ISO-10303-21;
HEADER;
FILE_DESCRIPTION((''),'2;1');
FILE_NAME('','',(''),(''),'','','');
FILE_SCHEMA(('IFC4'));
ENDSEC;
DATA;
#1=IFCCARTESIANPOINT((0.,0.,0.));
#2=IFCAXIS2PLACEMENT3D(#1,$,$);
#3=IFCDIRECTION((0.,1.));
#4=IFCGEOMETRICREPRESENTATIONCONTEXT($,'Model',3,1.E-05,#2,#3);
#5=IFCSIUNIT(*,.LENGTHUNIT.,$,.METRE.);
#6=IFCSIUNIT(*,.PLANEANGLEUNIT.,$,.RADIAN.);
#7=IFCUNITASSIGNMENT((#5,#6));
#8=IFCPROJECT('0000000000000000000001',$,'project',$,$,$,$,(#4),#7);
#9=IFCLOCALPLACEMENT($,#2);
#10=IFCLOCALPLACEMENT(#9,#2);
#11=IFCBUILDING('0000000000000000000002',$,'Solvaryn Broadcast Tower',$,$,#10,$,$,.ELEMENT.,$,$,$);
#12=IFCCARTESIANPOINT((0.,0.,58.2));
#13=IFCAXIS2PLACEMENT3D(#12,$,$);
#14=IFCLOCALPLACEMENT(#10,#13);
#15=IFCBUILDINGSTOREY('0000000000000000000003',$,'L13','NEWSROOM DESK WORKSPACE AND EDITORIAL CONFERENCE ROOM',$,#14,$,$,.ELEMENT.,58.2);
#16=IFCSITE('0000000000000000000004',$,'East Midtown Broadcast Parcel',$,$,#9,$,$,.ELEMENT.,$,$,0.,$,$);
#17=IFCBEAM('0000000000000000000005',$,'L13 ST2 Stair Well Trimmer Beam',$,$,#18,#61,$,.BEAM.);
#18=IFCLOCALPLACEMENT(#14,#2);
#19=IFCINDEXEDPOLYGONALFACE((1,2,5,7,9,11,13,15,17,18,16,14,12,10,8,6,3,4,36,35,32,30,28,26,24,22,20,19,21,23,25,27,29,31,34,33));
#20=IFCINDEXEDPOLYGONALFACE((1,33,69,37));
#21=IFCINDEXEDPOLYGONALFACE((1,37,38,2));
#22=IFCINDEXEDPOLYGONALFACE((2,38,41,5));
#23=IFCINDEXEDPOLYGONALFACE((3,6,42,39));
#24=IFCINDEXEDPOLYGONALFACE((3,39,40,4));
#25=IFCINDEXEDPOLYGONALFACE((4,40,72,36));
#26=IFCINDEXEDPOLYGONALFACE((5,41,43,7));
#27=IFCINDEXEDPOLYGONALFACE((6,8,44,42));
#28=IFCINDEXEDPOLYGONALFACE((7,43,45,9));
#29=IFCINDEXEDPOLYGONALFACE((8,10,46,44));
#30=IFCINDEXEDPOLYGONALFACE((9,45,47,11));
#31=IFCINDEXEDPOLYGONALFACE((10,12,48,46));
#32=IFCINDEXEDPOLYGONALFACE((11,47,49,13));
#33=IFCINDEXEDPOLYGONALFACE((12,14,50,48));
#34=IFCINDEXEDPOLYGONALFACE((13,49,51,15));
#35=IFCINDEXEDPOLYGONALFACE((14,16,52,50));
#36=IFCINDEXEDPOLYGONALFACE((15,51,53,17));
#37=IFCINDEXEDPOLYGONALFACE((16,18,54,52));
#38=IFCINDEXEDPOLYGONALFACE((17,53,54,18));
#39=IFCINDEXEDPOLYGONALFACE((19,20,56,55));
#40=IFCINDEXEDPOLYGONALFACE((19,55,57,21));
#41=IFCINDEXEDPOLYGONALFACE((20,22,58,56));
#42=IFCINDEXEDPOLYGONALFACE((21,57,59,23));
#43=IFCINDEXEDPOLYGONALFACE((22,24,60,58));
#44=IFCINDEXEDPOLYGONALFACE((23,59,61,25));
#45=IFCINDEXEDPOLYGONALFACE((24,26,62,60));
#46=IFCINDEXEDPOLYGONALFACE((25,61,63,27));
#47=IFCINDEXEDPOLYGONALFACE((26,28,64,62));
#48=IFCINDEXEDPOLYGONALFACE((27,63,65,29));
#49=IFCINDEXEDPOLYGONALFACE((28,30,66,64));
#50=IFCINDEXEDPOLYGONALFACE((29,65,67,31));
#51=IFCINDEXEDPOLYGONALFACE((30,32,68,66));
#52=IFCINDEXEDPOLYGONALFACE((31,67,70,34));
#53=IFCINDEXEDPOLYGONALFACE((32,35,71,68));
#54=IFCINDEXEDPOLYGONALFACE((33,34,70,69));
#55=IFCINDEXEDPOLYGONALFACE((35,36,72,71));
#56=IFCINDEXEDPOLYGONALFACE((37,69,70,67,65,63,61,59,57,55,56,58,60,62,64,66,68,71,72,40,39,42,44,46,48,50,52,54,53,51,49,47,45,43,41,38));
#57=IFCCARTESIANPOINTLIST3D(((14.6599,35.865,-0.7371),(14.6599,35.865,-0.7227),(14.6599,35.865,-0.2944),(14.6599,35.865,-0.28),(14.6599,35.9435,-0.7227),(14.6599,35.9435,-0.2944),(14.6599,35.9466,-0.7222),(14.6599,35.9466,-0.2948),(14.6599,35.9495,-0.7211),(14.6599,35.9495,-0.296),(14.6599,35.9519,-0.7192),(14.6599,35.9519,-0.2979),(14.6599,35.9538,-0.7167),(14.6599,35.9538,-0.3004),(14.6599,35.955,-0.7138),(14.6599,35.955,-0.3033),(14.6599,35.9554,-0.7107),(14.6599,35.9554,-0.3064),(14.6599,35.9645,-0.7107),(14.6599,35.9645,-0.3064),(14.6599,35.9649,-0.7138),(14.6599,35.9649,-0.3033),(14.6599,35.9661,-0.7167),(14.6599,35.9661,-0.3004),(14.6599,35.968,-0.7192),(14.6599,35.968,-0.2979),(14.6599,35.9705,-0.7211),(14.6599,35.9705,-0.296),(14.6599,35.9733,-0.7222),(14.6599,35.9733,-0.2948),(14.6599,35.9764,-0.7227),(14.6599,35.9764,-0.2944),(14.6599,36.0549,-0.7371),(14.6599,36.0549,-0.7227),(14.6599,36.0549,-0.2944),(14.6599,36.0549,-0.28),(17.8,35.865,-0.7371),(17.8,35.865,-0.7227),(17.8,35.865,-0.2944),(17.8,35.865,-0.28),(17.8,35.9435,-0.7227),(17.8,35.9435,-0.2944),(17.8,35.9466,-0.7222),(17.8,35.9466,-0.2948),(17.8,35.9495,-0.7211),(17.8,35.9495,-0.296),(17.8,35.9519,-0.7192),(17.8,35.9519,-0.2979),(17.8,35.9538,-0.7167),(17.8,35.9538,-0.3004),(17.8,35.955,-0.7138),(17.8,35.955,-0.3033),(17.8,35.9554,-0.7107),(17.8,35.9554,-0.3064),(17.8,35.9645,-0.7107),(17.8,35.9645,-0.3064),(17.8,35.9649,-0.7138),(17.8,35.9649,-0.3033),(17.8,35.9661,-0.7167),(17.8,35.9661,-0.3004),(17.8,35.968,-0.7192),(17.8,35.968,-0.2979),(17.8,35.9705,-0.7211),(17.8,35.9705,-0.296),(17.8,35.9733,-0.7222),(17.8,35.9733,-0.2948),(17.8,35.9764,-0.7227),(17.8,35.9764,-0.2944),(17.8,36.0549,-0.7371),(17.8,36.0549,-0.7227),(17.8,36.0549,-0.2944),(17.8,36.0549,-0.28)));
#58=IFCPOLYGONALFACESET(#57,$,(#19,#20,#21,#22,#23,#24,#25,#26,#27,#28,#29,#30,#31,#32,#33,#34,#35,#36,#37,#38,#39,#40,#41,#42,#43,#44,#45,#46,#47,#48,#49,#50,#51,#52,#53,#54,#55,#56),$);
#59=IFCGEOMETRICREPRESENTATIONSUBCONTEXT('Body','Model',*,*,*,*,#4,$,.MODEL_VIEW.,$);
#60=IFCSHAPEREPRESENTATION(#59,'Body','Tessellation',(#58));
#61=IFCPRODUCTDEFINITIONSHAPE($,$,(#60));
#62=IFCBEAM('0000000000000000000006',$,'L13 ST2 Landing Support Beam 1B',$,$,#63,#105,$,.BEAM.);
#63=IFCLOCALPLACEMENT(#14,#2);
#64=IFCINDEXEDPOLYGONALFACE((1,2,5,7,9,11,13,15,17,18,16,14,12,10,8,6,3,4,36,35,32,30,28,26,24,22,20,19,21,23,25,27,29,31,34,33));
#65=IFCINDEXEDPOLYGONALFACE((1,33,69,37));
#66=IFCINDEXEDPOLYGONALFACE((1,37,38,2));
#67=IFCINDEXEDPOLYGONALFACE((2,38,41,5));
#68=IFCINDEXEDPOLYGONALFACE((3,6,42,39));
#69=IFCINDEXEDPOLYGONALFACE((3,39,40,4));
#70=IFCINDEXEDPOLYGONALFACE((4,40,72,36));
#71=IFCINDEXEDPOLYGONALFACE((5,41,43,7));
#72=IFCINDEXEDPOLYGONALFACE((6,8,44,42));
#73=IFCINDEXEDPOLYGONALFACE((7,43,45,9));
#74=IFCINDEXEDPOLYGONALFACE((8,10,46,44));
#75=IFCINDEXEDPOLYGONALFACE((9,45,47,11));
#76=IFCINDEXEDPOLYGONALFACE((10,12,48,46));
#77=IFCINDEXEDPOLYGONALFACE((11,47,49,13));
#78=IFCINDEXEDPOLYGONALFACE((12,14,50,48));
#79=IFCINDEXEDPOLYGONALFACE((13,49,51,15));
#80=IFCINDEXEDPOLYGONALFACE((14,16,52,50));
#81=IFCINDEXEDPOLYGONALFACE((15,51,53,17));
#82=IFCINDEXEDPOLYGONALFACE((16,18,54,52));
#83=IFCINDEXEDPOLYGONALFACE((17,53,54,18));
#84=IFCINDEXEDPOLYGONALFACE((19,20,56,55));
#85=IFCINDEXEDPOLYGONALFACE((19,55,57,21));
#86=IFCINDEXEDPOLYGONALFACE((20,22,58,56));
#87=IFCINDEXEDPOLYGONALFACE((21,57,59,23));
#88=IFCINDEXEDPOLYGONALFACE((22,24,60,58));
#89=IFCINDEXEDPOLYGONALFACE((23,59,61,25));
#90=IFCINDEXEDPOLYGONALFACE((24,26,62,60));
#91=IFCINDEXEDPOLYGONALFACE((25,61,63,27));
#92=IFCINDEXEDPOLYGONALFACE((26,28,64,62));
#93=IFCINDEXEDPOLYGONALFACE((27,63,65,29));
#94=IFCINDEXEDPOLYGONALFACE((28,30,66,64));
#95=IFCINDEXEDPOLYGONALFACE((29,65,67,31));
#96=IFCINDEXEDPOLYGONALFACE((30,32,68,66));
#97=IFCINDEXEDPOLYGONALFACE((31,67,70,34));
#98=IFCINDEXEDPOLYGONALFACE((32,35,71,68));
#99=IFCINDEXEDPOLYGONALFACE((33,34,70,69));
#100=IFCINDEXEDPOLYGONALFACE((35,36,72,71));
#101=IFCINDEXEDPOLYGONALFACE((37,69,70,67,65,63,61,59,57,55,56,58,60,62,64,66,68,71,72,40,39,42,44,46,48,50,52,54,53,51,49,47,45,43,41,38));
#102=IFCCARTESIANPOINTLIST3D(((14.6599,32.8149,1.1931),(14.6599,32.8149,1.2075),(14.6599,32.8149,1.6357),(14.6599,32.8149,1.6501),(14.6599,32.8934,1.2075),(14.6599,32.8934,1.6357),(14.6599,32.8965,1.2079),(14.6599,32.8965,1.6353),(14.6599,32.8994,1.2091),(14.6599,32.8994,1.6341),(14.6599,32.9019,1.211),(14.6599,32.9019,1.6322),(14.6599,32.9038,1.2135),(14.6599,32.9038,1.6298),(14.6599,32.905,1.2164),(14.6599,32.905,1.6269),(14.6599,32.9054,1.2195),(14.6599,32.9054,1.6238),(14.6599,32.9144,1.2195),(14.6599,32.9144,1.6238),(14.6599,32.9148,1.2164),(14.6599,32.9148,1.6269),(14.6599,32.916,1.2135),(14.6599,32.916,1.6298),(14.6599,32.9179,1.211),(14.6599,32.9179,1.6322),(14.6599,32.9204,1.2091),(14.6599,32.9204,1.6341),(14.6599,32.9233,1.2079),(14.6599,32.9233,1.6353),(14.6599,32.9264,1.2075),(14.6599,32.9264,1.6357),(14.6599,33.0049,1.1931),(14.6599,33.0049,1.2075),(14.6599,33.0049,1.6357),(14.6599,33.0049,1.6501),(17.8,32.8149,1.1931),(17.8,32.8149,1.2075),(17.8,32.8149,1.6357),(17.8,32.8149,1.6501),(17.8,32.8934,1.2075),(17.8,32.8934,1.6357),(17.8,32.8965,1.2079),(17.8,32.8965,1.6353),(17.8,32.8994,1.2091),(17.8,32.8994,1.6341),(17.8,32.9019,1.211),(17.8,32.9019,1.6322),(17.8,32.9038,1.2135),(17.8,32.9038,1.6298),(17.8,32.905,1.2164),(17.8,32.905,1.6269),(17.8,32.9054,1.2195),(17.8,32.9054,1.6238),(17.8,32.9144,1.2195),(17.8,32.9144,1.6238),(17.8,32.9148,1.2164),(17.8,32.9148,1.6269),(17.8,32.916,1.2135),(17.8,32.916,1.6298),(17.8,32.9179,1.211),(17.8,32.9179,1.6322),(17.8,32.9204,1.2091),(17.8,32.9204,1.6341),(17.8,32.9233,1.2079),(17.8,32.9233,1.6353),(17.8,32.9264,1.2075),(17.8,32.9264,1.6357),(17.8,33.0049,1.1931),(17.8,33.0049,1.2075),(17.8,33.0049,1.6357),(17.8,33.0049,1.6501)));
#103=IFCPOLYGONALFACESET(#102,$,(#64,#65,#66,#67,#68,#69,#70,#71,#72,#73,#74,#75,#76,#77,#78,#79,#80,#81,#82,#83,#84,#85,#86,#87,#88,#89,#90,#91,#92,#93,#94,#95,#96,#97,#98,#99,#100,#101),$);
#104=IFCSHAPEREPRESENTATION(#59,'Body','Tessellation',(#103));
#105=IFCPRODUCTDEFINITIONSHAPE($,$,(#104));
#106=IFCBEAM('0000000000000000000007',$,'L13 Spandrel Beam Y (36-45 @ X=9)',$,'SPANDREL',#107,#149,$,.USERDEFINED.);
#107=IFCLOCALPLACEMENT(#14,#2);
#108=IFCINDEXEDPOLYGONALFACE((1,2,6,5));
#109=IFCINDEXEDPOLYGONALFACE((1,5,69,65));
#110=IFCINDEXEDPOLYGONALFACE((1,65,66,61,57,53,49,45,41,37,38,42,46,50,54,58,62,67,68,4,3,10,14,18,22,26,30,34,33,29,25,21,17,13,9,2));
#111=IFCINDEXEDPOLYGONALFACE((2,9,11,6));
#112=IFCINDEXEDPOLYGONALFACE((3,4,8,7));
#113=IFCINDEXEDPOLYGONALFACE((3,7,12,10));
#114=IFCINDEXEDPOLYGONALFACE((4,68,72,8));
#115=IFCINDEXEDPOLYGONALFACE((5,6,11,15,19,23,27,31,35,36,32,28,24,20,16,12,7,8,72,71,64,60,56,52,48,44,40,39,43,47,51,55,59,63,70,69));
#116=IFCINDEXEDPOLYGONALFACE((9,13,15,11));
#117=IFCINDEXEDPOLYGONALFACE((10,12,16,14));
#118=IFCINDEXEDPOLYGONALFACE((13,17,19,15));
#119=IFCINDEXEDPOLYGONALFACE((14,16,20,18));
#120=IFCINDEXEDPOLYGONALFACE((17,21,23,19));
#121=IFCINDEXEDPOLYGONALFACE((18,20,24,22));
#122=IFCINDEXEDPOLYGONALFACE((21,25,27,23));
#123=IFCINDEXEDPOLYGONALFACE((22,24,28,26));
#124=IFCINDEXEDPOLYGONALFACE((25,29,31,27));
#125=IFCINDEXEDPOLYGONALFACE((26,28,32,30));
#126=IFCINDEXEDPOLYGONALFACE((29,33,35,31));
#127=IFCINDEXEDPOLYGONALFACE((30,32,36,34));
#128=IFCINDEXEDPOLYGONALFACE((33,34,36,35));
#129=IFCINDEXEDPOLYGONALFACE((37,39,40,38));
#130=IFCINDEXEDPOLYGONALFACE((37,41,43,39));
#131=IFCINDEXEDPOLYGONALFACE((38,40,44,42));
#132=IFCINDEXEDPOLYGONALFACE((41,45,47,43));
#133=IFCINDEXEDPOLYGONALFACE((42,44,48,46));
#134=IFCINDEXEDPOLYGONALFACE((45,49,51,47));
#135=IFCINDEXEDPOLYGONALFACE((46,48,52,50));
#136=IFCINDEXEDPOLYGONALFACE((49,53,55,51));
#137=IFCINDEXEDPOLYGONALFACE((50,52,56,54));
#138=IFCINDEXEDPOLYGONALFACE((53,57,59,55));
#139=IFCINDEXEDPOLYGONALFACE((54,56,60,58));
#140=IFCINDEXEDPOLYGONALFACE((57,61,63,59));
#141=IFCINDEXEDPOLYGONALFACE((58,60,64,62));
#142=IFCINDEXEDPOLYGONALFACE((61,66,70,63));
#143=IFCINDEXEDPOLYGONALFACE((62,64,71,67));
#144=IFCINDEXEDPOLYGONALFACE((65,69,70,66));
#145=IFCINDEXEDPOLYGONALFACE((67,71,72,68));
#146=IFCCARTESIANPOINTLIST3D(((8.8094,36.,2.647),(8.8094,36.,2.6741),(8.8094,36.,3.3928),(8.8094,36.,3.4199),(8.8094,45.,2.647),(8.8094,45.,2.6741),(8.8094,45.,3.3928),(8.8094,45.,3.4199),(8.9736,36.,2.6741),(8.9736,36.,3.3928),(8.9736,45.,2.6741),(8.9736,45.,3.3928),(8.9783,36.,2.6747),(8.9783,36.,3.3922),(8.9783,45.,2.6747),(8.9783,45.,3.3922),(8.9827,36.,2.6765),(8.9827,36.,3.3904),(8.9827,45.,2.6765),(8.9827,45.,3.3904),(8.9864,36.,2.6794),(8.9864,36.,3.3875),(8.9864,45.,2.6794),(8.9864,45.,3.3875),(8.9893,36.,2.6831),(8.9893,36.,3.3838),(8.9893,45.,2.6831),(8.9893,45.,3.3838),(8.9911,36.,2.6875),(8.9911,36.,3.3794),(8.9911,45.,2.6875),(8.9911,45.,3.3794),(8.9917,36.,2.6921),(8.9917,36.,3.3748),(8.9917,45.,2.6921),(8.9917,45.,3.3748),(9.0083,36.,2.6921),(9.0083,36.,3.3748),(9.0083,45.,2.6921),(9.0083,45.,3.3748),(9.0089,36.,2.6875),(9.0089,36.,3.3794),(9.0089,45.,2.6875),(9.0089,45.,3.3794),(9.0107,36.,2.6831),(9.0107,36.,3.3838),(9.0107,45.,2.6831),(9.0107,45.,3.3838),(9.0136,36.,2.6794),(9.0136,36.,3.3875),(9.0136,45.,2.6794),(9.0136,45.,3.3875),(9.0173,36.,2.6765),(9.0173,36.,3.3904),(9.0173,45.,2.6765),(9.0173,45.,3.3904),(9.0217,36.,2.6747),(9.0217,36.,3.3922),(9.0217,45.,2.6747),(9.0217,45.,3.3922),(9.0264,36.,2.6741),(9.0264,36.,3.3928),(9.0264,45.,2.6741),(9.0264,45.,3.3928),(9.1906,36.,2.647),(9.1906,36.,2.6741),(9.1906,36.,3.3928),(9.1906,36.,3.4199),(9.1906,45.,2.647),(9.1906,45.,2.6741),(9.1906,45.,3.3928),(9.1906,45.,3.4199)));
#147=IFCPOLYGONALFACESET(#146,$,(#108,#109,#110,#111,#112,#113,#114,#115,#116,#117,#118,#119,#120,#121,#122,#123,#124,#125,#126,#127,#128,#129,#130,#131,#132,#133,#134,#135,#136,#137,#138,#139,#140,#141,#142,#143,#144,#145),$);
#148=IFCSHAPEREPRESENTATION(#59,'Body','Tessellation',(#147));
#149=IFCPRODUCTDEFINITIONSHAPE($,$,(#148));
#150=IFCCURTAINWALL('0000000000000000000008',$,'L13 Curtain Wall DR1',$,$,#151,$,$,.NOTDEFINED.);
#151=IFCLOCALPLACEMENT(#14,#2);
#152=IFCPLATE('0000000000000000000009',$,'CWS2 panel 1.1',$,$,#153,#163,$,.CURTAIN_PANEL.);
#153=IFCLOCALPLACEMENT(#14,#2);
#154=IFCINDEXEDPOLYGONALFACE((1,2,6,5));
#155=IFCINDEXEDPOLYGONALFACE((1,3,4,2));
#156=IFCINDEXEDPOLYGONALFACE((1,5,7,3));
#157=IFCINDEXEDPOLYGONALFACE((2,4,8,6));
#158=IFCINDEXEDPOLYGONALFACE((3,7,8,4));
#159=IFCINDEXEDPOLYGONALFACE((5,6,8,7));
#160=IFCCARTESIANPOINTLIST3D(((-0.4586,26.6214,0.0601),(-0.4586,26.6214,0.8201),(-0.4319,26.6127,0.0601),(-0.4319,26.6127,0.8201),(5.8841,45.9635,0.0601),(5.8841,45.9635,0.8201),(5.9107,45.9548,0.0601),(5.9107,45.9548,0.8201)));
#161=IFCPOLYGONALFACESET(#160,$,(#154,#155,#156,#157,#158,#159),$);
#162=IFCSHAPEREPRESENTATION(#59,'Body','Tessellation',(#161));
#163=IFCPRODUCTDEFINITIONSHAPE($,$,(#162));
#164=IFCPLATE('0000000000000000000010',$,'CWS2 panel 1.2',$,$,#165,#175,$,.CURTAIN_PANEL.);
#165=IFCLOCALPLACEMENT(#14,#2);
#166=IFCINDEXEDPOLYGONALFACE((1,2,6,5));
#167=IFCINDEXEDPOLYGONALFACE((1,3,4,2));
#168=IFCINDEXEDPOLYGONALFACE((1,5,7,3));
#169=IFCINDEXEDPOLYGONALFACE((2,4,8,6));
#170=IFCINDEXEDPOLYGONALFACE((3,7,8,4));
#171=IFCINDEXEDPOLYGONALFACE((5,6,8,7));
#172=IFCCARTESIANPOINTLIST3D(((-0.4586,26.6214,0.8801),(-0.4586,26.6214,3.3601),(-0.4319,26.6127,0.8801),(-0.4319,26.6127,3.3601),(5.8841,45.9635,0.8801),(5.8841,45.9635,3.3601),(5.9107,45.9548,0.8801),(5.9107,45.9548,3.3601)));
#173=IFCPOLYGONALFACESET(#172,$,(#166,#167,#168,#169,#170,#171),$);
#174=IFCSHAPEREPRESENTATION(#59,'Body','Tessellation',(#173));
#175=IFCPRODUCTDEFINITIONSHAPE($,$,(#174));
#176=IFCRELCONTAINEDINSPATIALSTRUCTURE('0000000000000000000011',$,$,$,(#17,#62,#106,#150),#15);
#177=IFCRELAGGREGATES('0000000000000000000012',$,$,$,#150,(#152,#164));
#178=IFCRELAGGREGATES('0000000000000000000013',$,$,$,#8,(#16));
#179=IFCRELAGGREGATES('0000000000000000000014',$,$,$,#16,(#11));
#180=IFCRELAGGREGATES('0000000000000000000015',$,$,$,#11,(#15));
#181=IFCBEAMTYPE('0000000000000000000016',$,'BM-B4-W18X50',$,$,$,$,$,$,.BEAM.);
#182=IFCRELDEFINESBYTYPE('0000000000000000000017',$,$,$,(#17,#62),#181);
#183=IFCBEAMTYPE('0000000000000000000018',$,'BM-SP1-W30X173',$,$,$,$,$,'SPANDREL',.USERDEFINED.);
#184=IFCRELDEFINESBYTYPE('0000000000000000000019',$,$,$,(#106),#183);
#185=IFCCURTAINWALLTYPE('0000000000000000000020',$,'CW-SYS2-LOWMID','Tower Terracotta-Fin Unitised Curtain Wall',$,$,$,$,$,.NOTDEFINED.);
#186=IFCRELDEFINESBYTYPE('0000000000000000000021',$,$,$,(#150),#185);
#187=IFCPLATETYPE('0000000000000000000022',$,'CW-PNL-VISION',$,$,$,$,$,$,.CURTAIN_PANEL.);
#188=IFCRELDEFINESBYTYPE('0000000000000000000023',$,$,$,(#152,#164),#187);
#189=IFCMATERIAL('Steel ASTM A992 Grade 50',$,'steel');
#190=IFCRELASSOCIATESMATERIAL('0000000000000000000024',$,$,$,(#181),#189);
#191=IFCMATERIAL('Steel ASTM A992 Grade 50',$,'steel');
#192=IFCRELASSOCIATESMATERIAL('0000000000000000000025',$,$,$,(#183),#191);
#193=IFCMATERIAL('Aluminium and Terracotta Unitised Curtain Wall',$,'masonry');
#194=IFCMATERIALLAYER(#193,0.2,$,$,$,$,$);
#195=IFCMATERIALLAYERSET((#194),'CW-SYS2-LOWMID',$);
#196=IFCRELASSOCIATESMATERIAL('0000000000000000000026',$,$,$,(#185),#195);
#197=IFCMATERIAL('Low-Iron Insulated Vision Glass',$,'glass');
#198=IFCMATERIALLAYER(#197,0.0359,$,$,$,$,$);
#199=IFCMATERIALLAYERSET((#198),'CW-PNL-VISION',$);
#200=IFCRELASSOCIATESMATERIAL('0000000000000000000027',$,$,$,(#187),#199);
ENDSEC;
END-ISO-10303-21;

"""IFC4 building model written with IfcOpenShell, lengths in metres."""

from ifc_helpers import new_model, si_unit, direction, frame, origin, origin_2d, place, context, subcontext, project, spatial, rectangle, i_section, extrude, material, layer, layer_set, material_profile, profile_set, type_object, element, aggregate, save


model = new_model("IFC4")

# Units and contexts
model_context = context("Model", 3, precision=1e-05, world=origin(), true_north=direction((0.0, 1.0)))
body_context = subcontext(model_context, "Body", "Model", "MODEL_VIEW")
ifc_project = project(units=[si_unit("LENGTHUNIT", "METRE"), si_unit("PLANEANGLEUNIT", "RADIAN")], contexts=[model_context])

# Site, building, storey
site_placement = place(None, origin())
site = spatial("IfcSite", under=ifc_project, at=site_placement, Name="East Midtown Broadcast Parcel", CompositionType="ELEMENT", RefElevation=0.0)
building_placement = place(site_placement, origin())
building = spatial("IfcBuilding", under=site, at=building_placement, Name="Solvaryn Broadcast Tower", CompositionType="ELEMENT")
storey_placement = place(building_placement, frame((0.0, 0.0, 58.2)))
storey = spatial("IfcBuildingStorey", under=building, at=storey_placement, Name="L13", Description="NEWSROOM DESK WORKSPACE AND EDITORIAL CONFERENCE ROOM", CompositionType="ELEMENT", Elevation=58.2)

# Beams
ifc_material_1 = material(Name="Steel ASTM A992 Grade 50", Category="steel")
ifc_material_profile_1 = material_profile(ifc_material_1, i_section(OverallWidth=0.1899, OverallDepth=0.457, WebThickness=0.009, FlangeThickness=0.0144, FilletRadius=0.012, at=origin_2d()))
ifc_profile_set_1 = profile_set([ifc_material_profile_1], Name="Steel ASTM A992 Grade 50")
beam_type_1 = type_object("IfcBeamType", Name="BM-B4-W18X50", PredefinedType="BEAM", material=ifc_profile_set_1)
for number, where, z_axis, x_axis, name in (
    (1, (14.6599, 35.96, -0.5085), (1.0, 0.0, 0.0), (0.0, 1.0, 0.0), "L13 ST2 Stair Well Trimmer Beam"),
    (2, (14.6599, 32.9099, 1.4216), (1.0, 0.0, 0.0), (0.0, 1.0, 0.0), "L13 ST2 Landing Support Beam 1B"),
):
    element("IfcBeam", number, at=place(storey_placement, frame(where, z_axis=z_axis, x_axis=x_axis)), inside=storey, type_object=beam_type_1, Name=name, PredefinedType="BEAM", context=body_context, shape_type="SweptSolid", body=[
        extrude(i_section(OverallWidth=0.1899, OverallDepth=0.457, WebThickness=0.009, FlangeThickness=0.0144, FilletRadius=0.012, at=origin_2d()), origin(), (0.0, 0.0, 1.0), 3.1401),
    ])
ifc_material_2 = material(Name="Steel ASTM A992 Grade 50", Category="steel")
ifc_material_profile_2 = material_profile(ifc_material_2, i_section(OverallWidth=0.3811, OverallDepth=0.7729, WebThickness=0.0166, FlangeThickness=0.0271, FilletRadius=0.0181, at=origin_2d()))
ifc_profile_set_2 = profile_set([ifc_material_profile_2], Name="Steel ASTM A992 Grade 50")
beam_type_2 = type_object("IfcBeamType", Name="BM-SP1-W30X173", ElementType="SPANDREL", PredefinedType="USERDEFINED", material=ifc_profile_set_2)
beam_1_placement = place(storey_placement, frame((9.0, 36.0, 3.0334), z_axis=(0.0, 1.0, 0.0), x_axis=(-1.0, 0.0, 0.0)))
element("IfcBeam", 3, at=beam_1_placement, inside=storey, type_object=beam_type_2, Name="L13 Spandrel Beam Y (36-45 @ X=9)", ObjectType="SPANDREL", PredefinedType="USERDEFINED", context=body_context, shape_type="SweptSolid", body=[
    extrude(i_section(OverallWidth=0.3811, OverallDepth=0.7729, WebThickness=0.0166, FlangeThickness=0.0271, FilletRadius=0.0181, at=origin_2d()), origin(), (0.0, 0.0, 1.0), 9.0),
])

# Curtain wall, plates
ifc_material_3 = material(Name="Aluminium and Terracotta Unitised Curtain Wall", Category="masonry")
ifc_layer_1 = layer(ifc_material_3, 0.2)
ifc_layer_set_1 = layer_set([ifc_layer_1], Name="CW-SYS2-LOWMID")
curtain_wall_type = type_object("IfcCurtainWallType", Name="CW-SYS2-LOWMID", Description="Tower Terracotta-Fin Unitised Curtain Wall", PredefinedType="NOTDEFINED", material=ifc_layer_set_1)
curtain_wall_placement = place(storey_placement, origin())
curtain_wall = element("IfcCurtainWall", 4, at=curtain_wall_placement, inside=storey, type_object=curtain_wall_type, Name="L13 Curtain Wall DR1", PredefinedType="NOTDEFINED")
ifc_material_4 = material(Name="Low-Iron Insulated Vision Glass", Category="glass")
ifc_layer_2 = layer(ifc_material_4, 0.0359)
ifc_layer_set_2 = layer_set([ifc_layer_2], Name="CW-PNL-VISION")
plate_type = type_object("IfcPlateType", Name="CW-PNL-VISION", PredefinedType="CURTAIN_PANEL", material=ifc_layer_set_2)
plate_1_placement = place(storey_placement, frame((2.7261, 36.2881, 0.0601), z_axis=(0.0, 0.0, 1.0), x_axis=(-0.311594, -0.950215, 0.0)))
plate_1 = element("IfcPlate", 5, at=plate_1_placement, type_object=plate_type, Name="CWS2 panel 1.1", PredefinedType="CURTAIN_PANEL", context=body_context, shape_type="SweptSolid", body=[
    extrude(rectangle(XDim=20.3555, YDim=0.0281, at=origin_2d()), origin(), (0.0, 0.0, 1.0), 0.76),
])
plate_2_placement = place(storey_placement, frame((2.7261, 36.2881, 0.8801), z_axis=(0.0, 0.0, 1.0), x_axis=(-0.311594, -0.950215, 0.0)))
plate_2 = element("IfcPlate", 6, at=plate_2_placement, type_object=plate_type, Name="CWS2 panel 1.2", PredefinedType="CURTAIN_PANEL", context=body_context, shape_type="SweptSolid", body=[
    extrude(rectangle(XDim=20.3555, YDim=0.0281, at=origin_2d()), origin(), (0.0, 0.0, 1.0), 2.48),
])
aggregate(curtain_wall, [plate_1, plate_2])

save(model, "model.ifc")
